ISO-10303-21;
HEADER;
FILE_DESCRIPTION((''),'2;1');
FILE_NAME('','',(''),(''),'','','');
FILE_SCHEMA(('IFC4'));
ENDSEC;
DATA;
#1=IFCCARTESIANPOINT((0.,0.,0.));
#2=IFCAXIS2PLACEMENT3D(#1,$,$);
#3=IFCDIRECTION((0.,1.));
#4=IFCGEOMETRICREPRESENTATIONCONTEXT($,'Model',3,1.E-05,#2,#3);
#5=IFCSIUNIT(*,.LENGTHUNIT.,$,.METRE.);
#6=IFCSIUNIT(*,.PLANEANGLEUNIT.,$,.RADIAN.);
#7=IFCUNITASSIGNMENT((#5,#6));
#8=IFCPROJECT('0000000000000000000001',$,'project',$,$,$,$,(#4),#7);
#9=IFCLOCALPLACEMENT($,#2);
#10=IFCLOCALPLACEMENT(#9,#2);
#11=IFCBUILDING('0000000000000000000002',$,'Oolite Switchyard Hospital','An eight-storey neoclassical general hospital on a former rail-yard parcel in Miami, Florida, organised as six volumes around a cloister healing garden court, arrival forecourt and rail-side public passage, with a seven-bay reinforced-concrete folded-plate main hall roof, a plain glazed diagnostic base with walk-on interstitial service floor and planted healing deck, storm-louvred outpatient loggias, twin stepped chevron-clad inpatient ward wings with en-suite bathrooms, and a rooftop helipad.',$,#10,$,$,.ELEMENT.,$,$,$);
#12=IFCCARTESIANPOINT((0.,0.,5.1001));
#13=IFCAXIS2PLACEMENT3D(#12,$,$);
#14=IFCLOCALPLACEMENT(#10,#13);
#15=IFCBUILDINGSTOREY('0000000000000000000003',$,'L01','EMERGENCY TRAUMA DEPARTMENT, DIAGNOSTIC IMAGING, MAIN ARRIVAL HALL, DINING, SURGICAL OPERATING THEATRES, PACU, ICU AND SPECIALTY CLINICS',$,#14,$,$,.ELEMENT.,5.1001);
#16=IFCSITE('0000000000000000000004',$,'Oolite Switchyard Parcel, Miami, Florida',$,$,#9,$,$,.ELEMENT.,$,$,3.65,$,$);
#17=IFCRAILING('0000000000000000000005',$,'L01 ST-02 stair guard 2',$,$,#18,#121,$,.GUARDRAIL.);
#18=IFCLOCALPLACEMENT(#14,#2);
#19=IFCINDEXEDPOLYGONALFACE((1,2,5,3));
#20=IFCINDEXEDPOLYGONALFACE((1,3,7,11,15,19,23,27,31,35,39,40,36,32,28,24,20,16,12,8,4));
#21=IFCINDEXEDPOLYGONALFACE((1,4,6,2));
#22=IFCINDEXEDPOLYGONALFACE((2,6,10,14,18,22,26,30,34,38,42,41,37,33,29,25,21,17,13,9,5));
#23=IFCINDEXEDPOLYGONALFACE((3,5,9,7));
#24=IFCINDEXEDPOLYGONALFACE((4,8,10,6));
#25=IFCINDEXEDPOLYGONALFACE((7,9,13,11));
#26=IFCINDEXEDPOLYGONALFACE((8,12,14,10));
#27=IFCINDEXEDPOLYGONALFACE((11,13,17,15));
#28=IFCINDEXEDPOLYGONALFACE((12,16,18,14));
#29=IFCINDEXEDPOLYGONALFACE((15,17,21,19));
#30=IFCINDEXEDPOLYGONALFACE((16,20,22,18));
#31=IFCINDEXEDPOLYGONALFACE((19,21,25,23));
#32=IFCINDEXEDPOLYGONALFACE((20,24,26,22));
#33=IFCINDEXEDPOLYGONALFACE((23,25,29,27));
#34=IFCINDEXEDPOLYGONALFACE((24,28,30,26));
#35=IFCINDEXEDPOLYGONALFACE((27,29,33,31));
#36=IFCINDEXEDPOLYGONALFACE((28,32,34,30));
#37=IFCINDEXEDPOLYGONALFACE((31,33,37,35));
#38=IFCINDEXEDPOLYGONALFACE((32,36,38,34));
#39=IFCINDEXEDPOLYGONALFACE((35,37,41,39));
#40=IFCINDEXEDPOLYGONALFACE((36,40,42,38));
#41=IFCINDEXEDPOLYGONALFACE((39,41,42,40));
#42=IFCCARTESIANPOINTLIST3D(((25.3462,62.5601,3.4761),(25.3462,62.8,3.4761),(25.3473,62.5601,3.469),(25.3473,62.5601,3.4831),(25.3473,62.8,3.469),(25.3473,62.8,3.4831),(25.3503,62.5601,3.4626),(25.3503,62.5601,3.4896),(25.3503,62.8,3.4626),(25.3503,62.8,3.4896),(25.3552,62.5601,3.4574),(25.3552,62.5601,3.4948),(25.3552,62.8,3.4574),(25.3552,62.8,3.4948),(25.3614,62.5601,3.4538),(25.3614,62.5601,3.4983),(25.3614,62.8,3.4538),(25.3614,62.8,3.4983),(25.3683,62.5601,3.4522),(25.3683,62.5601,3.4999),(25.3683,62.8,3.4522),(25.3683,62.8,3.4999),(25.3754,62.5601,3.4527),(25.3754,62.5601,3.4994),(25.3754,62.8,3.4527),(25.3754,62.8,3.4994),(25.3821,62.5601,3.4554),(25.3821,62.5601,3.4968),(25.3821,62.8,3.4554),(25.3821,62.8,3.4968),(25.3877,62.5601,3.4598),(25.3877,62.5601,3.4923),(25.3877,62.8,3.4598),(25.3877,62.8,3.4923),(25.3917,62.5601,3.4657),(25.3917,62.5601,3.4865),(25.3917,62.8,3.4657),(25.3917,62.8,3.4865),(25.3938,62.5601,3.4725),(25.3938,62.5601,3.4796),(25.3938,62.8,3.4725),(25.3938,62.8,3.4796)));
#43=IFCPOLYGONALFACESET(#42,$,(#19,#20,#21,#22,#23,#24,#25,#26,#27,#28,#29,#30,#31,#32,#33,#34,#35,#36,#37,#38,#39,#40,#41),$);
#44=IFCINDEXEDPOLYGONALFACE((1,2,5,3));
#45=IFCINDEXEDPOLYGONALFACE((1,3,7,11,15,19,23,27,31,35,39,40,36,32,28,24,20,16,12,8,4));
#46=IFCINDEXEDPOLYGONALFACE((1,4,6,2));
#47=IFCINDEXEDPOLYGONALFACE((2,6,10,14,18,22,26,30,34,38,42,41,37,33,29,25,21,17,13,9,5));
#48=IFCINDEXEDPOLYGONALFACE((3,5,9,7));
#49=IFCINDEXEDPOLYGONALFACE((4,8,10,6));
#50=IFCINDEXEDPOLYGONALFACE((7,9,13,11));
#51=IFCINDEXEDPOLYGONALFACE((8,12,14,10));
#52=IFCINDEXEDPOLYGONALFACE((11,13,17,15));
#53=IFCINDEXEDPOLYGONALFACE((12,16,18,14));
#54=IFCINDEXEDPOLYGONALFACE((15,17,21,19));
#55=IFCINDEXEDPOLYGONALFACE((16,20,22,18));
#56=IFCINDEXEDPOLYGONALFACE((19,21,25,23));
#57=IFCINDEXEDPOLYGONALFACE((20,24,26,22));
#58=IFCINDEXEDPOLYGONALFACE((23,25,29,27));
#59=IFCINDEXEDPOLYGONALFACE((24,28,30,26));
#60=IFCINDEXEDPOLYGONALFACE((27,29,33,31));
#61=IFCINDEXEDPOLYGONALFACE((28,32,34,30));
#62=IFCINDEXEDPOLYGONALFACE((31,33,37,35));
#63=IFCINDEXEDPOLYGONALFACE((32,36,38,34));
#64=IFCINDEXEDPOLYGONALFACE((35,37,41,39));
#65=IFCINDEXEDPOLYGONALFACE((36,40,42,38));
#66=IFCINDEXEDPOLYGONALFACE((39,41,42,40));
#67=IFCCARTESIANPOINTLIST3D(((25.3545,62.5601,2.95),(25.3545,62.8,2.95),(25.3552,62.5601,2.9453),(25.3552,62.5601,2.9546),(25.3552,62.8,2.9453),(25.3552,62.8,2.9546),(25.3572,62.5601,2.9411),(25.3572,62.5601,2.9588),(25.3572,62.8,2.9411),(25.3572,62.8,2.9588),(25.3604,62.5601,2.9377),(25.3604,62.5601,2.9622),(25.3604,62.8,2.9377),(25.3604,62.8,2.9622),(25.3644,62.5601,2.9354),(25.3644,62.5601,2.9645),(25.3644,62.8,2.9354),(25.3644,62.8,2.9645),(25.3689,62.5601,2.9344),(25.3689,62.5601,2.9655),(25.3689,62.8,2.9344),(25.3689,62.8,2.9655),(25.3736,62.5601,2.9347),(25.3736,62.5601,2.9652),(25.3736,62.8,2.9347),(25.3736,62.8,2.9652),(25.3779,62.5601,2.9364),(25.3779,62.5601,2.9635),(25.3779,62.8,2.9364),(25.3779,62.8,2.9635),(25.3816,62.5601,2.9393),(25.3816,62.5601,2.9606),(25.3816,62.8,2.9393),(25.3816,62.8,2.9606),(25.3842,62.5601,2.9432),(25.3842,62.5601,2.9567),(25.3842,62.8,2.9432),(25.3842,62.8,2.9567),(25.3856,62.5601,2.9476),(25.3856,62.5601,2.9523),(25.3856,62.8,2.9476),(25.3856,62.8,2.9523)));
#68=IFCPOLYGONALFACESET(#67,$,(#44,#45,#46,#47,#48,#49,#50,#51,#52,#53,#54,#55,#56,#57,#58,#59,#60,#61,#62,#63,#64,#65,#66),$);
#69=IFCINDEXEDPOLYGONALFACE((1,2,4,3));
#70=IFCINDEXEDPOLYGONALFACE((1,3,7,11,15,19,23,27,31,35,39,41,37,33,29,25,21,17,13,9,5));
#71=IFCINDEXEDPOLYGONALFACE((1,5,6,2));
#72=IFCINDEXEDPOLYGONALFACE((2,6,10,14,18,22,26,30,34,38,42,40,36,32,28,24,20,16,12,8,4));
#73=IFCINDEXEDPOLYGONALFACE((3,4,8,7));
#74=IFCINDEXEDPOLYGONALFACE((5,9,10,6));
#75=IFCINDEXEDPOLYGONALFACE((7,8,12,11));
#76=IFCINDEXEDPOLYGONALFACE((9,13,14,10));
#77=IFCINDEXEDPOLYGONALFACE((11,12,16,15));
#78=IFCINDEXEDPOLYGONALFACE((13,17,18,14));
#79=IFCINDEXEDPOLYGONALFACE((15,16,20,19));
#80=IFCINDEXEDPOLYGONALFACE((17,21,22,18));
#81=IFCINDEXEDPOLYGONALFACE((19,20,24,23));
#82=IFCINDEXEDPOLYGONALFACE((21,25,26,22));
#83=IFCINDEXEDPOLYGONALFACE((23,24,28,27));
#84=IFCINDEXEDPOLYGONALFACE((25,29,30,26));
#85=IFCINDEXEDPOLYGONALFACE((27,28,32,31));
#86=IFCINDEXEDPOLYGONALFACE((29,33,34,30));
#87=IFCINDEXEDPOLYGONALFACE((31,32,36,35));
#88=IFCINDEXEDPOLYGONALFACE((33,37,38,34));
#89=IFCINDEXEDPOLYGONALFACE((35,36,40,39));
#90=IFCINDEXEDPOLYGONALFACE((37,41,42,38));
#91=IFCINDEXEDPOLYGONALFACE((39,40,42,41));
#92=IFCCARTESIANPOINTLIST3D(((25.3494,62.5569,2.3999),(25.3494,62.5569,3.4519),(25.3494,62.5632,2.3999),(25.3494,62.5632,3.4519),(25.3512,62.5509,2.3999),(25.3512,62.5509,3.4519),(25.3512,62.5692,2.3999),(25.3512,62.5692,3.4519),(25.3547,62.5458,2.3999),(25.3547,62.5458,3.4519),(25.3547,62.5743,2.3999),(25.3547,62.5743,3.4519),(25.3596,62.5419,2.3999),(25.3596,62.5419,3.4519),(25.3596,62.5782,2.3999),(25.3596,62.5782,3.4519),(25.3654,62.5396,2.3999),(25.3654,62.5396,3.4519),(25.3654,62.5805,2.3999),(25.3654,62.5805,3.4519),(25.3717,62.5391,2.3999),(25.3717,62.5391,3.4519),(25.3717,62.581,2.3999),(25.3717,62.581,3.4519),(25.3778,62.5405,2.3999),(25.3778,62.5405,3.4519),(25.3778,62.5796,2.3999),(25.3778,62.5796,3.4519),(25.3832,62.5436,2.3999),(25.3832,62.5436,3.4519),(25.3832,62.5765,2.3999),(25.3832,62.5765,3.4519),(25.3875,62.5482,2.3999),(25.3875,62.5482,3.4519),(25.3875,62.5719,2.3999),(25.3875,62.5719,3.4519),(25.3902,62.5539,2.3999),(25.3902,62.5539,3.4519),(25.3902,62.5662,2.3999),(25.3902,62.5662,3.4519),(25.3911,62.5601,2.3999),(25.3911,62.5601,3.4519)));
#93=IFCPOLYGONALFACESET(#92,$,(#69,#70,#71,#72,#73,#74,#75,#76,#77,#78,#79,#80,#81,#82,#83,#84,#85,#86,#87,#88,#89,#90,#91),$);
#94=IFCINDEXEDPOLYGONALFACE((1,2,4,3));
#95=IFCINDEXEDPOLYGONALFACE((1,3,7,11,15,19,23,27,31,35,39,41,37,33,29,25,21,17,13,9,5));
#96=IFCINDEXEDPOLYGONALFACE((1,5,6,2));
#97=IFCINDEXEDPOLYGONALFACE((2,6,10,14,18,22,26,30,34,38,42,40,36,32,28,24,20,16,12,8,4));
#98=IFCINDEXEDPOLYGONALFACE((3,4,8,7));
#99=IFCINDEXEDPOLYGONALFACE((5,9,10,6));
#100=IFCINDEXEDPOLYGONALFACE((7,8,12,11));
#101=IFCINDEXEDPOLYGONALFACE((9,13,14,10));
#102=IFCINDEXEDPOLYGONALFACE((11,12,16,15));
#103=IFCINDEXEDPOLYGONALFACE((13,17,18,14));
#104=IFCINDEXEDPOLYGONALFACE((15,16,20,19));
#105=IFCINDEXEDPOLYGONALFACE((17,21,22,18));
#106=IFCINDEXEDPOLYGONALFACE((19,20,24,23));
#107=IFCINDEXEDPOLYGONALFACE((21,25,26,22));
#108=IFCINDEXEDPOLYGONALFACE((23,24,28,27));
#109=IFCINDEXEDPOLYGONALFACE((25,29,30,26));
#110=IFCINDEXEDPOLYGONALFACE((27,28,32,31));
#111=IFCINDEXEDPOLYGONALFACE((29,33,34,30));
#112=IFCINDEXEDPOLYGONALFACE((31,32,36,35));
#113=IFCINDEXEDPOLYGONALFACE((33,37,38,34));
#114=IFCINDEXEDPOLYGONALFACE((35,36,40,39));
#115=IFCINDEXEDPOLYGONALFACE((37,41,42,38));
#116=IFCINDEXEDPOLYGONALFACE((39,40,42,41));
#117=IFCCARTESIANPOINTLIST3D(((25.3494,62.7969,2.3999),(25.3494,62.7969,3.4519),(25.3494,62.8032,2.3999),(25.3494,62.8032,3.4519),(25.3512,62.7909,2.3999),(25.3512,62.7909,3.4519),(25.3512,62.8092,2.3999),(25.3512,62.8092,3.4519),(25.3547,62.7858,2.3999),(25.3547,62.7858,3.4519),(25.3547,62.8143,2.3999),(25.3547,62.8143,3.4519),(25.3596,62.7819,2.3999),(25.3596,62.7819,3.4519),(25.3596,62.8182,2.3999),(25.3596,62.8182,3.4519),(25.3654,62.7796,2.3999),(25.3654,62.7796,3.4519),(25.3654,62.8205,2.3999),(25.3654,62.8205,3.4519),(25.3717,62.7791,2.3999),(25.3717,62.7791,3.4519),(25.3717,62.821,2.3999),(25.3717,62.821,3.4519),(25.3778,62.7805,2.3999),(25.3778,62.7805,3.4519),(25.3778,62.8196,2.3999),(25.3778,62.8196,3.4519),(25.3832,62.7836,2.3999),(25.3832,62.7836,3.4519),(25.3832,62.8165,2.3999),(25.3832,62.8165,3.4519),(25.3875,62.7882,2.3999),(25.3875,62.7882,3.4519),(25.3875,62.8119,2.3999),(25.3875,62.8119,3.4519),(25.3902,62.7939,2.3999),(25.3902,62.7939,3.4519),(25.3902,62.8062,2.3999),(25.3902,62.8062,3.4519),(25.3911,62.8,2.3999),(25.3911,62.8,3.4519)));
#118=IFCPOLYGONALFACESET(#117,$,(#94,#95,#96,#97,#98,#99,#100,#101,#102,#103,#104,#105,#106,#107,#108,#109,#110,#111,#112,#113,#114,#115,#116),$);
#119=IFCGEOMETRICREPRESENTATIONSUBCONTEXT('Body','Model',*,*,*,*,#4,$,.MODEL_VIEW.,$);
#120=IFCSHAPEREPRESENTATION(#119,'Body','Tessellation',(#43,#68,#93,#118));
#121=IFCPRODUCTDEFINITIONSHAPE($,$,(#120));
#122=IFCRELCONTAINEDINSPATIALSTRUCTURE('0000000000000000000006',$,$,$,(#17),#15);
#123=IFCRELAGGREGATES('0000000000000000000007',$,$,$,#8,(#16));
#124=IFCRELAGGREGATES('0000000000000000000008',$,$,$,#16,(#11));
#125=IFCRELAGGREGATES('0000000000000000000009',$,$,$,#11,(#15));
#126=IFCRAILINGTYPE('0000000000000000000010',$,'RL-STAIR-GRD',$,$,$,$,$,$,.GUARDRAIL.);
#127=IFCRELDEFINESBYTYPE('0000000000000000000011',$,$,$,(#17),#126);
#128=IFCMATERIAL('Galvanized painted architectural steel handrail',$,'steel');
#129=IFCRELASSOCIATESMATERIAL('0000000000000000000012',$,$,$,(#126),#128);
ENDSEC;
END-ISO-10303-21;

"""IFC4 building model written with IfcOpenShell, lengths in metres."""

from ifc_helpers import new_model, si_unit, direction, frame, origin, origin_2d, place, context, subcontext, project, spatial, circle, extrude, material, type_object, element, save


model = new_model("IFC4")

# Units and contexts
model_context = context("Model", 3, precision=1e-05, world=origin(), true_north=direction((0.0, 1.0)))
body_context = subcontext(model_context, "Body", "Model", "MODEL_VIEW")
ifc_project = project(units=[si_unit("LENGTHUNIT", "METRE"), si_unit("PLANEANGLEUNIT", "RADIAN")], contexts=[model_context])

# Site, building, storey
site_placement = place(None, origin())
site = spatial("IfcSite", under=ifc_project, at=site_placement, Name="Oolite Switchyard Parcel, Miami, Florida", CompositionType="ELEMENT", RefElevation=3.65)
building_placement = place(site_placement, origin())
building = spatial("IfcBuilding", under=site, at=building_placement, Name="Oolite Switchyard Hospital", Description="An eight-storey neoclassical general hospital on a former rail-yard parcel in Miami, Florida, organised as six volumes around a cloister healing garden court, arrival forecourt and rail-side public passage, with a seven-bay reinforced-concrete folded-plate main hall roof, a plain glazed diagnostic base with walk-on interstitial service floor and planted healing deck, storm-louvred outpatient loggias, twin stepped chevron-clad inpatient ward wings with en-suite bathrooms, and a rooftop helipad.", CompositionType="ELEMENT")
storey_placement = place(building_placement, frame((0.0, 0.0, 5.1001)))
storey = spatial("IfcBuildingStorey", under=building, at=storey_placement, Name="L01", Description="EMERGENCY TRAUMA DEPARTMENT, DIAGNOSTIC IMAGING, MAIN ARRIVAL HALL, DINING, SURGICAL OPERATING THEATRES, PACU, ICU AND SPECIALTY CLINICS", CompositionType="ELEMENT", Elevation=5.1001)

# Railing
ifc_material_1 = material(Name="Galvanized painted architectural steel handrail", Category="steel")
railing_type_1 = type_object("IfcRailingType", Name="RL-STAIR-GRD", PredefinedType="GUARDRAIL", material=ifc_material_1)
railing_1_placement = place(storey_placement, frame((25.3701, 62.5601, 2.3999)))
element("IfcRailing", 1, at=railing_1_placement, inside=storey, type_object=railing_type_1, Name="L01 ST-02 stair guard 2", PredefinedType="GUARDRAIL", context=body_context, shape_type="SweptSolid", body=[
    extrude(circle(Radius=0.0239, at=origin_2d()), frame((0.0, 0.0, 1.0762), z_axis=(0.0, 1.0, 0.0), x_axis=(-1.0, 0.0, 0.0)), (0.0, 0.0, 1.0), 0.24),
    extrude(circle(Radius=0.0156, at=origin_2d()), frame((0.0, 0.0, 0.55), z_axis=(0.0, 1.0, 0.0), x_axis=(-1.0, 0.0, 0.0)), (0.0, 0.0, 1.0), 0.24),
    extrude(circle(Radius=0.021, at=origin_2d()), origin(), (0.0, 0.0, 1.0), 1.052),
    extrude(circle(Radius=0.021, at=origin_2d()), frame((0.0, 0.24, 0.0)), (0.0, 0.0, 1.0), 1.052),
])

save(model, "model.ifc")
